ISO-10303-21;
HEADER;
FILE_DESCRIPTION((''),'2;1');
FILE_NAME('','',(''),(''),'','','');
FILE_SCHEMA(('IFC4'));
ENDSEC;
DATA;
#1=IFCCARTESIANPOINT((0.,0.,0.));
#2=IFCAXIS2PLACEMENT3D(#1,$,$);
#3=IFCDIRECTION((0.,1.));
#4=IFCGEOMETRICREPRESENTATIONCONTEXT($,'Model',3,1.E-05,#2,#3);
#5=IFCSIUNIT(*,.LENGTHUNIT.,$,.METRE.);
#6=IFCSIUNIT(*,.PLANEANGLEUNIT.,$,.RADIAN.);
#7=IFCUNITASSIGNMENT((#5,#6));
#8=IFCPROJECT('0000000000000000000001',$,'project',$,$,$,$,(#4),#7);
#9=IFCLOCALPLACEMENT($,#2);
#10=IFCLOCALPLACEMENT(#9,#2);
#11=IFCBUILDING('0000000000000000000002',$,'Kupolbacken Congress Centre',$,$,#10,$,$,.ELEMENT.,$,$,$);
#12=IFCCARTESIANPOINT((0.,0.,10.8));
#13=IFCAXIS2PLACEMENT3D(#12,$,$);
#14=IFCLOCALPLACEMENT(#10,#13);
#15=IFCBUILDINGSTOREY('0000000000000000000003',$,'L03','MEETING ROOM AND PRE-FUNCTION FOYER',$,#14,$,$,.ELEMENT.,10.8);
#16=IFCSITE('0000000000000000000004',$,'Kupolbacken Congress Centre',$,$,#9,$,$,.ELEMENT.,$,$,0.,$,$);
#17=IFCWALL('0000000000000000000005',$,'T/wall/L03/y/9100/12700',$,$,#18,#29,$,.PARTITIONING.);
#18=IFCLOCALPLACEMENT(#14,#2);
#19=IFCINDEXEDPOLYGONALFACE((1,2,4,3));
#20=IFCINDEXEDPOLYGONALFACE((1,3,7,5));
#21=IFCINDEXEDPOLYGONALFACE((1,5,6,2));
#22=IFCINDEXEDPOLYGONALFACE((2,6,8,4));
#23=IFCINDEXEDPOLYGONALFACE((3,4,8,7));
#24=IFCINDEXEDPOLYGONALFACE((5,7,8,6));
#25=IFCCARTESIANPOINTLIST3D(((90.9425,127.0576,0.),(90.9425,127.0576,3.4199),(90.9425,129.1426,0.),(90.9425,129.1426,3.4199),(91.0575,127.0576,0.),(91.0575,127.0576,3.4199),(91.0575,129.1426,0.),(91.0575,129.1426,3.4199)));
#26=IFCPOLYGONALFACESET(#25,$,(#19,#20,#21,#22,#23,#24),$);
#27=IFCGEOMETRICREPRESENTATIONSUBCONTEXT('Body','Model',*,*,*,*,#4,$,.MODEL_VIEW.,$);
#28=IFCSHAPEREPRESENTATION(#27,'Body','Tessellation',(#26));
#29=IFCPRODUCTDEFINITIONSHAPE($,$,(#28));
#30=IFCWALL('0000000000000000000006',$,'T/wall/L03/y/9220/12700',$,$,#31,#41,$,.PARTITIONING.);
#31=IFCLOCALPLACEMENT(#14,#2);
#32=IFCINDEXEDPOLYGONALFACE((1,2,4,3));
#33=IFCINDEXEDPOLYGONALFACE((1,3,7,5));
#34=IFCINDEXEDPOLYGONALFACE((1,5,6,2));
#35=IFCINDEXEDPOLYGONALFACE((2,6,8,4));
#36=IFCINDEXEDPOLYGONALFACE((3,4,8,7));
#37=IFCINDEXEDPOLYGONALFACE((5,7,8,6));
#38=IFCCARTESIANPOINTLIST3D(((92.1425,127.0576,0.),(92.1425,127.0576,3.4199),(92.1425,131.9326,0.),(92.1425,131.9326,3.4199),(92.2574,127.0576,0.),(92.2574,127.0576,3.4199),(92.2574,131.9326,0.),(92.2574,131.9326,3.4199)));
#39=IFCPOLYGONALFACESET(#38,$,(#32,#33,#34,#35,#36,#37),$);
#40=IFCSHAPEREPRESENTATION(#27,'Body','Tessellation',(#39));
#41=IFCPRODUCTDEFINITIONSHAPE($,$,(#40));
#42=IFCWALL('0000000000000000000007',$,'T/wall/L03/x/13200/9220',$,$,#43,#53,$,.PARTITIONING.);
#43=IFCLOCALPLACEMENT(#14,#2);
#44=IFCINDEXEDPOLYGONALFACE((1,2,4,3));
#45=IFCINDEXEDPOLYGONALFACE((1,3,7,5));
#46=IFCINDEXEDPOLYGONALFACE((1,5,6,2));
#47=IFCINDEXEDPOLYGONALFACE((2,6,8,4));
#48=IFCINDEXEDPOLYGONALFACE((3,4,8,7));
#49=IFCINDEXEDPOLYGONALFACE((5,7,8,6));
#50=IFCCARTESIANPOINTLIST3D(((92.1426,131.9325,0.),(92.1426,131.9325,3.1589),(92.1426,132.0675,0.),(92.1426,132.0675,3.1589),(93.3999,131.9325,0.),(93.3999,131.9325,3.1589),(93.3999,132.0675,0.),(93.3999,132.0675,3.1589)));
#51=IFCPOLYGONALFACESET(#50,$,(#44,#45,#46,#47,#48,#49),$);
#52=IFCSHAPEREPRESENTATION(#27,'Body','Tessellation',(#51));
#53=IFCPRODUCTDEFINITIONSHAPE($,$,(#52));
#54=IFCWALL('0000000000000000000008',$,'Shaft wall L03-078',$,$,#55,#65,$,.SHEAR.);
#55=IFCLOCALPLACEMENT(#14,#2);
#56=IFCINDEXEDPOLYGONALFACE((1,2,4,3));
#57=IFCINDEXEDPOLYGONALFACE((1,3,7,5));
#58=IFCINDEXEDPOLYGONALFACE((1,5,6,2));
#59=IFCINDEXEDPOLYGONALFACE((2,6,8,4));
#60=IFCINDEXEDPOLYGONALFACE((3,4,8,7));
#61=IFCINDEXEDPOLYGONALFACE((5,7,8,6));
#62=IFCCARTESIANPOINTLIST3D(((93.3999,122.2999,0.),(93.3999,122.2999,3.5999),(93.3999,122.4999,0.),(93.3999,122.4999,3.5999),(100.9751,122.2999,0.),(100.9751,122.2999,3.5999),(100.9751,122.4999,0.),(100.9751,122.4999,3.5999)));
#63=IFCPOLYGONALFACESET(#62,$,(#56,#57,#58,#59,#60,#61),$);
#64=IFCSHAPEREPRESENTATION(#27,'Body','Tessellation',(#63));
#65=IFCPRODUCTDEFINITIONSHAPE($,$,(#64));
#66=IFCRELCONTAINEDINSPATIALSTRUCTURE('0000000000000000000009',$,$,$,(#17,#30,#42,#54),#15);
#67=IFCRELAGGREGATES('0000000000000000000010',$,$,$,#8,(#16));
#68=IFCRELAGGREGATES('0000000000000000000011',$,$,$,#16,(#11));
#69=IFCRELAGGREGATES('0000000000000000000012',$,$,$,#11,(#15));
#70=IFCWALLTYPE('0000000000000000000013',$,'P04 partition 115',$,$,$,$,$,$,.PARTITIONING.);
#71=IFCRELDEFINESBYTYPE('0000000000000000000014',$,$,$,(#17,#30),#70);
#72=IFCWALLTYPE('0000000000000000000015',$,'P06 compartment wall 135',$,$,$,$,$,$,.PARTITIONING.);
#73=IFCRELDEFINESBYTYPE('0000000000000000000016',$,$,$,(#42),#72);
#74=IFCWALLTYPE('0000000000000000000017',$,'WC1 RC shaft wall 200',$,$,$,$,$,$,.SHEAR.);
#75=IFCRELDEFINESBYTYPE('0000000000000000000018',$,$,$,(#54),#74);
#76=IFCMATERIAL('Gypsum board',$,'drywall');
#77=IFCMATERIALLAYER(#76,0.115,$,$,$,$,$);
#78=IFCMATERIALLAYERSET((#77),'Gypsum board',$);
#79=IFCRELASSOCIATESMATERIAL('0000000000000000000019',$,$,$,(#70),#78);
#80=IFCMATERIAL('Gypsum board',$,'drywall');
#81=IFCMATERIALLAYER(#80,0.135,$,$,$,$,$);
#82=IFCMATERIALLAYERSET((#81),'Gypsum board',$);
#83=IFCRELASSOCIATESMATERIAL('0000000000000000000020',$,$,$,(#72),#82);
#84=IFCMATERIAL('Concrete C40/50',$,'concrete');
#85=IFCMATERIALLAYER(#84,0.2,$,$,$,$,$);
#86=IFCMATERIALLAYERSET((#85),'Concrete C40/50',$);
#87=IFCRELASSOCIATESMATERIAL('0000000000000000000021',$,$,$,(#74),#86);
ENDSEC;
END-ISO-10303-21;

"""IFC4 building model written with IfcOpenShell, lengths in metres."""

from ifc_helpers import new_model, si_unit, direction, frame, frame_2d, origin, place, context, subcontext, project, spatial, rectangle, extrude, material, layer, layer_set, type_object, element, save


model = new_model("IFC4")

# Units and contexts
model_context = context("Model", 3, precision=1e-05, world=origin(), true_north=direction((0.0, 1.0)))
body_context = subcontext(model_context, "Body", "Model", "MODEL_VIEW")
ifc_project = project(units=[si_unit("LENGTHUNIT", "METRE"), si_unit("PLANEANGLEUNIT", "RADIAN")], contexts=[model_context])

# Site, building, storey
site_placement = place(None, origin())
site = spatial("IfcSite", under=ifc_project, at=site_placement, Name="Kupolbacken Congress Centre", CompositionType="ELEMENT", RefElevation=0.0)
building_placement = place(site_placement, origin())
building = spatial("IfcBuilding", under=site, at=building_placement, Name="Kupolbacken Congress Centre", CompositionType="ELEMENT")
storey_placement = place(building_placement, frame((0.0, 0.0, 10.8)))
storey = spatial("IfcBuildingStorey", under=building, at=storey_placement, Name="L03", Description="MEETING ROOM AND PRE-FUNCTION FOYER", CompositionType="ELEMENT", Elevation=10.8)

# Shared definitions
ifc_material_1 = material(Name="Gypsum board", Category="drywall")
ifc_layer_1 = layer(ifc_material_1, 0.115)
ifc_layer_set_1 = layer_set([ifc_layer_1], Name="Gypsum board")
wall_type_1 = type_object("IfcWallType", Name="P04 partition 115", PredefinedType="PARTITIONING", material=ifc_layer_set_1)

# Walls
for number, where, z_axis, x_axis, name in (
    (1, (91.0, 127.0576, 0.0), (0.0, 0.0, 1.0), (0.0, 1.0, 0.0), "T/wall/L03/y/9100/12700"),
):
    element("IfcWall", number, at=place(storey_placement, frame(where, z_axis=z_axis, x_axis=x_axis)), inside=storey, type_object=wall_type_1, Name=name, PredefinedType="PARTITIONING", context=body_context, shape_type="SweptSolid", body=[
        extrude(rectangle(XDim=2.085, YDim=0.115, at=frame_2d((1.0425, 0.0))), origin(), (0.0, 0.0, 1.0), 3.4199),
    ])
wall_1_placement = place(storey_placement, frame((92.2, 127.0576, 0.0), z_axis=(0.0, 0.0, 1.0), x_axis=(0.0, 1.0, 0.0)))
element("IfcWall", 2, at=wall_1_placement, inside=storey, type_object=wall_type_1, Name="T/wall/L03/y/9220/12700", PredefinedType="PARTITIONING", context=body_context, shape_type="SweptSolid", body=[
    extrude(rectangle(XDim=4.875, YDim=0.115, at=frame_2d((2.4375, 0.0))), origin(), (0.0, 0.0, 1.0), 3.4199),
])
ifc_material_2 = material(Name="Gypsum board", Category="drywall")
ifc_layer_2 = layer(ifc_material_2, 0.135)
ifc_layer_set_2 = layer_set([ifc_layer_2], Name="Gypsum board")
wall_type_2 = type_object("IfcWallType", Name="P06 compartment wall 135", PredefinedType="PARTITIONING", material=ifc_layer_set_2)
wall_2_placement = place(storey_placement, frame((92.1426, 132.0, 0.0), z_axis=(0.0, 0.0, 1.0), x_axis=(1.0, 0.0, 0.0)))
element("IfcWall", 3, at=wall_2_placement, inside=storey, type_object=wall_type_2, Name="T/wall/L03/x/13200/9220", PredefinedType="PARTITIONING", context=body_context, shape_type="SweptSolid", body=[
    extrude(rectangle(XDim=1.2573, YDim=0.135, at=frame_2d((0.6287, 0.0))), origin(), (0.0, 0.0, 1.0), 3.1589),
])
ifc_material_3 = material(Name="Concrete C40/50", Category="concrete")
ifc_layer_3 = layer(ifc_material_3, 0.2)
ifc_layer_set_3 = layer_set([ifc_layer_3], Name="Concrete C40/50")
wall_type_3 = type_object("IfcWallType", Name="WC1 RC shaft wall 200", PredefinedType="SHEAR", material=ifc_layer_set_3)
wall_3_placement = place(storey_placement, frame((93.3999, 122.3999, 0.0), z_axis=(0.0, 0.0, 1.0), x_axis=(1.0, 0.0, 0.0)))
element("IfcWall", 4, at=wall_3_placement, inside=storey, type_object=wall_type_3, Name="Shaft wall L03-078", PredefinedType="SHEAR", context=body_context, shape_type="SweptSolid", body=[
    extrude(rectangle(XDim=7.5752, YDim=0.2, at=frame_2d((3.7876, 0.0))), origin(), (0.0, 0.0, 1.0), 3.5999),
])

save(model, "model.ifc")
